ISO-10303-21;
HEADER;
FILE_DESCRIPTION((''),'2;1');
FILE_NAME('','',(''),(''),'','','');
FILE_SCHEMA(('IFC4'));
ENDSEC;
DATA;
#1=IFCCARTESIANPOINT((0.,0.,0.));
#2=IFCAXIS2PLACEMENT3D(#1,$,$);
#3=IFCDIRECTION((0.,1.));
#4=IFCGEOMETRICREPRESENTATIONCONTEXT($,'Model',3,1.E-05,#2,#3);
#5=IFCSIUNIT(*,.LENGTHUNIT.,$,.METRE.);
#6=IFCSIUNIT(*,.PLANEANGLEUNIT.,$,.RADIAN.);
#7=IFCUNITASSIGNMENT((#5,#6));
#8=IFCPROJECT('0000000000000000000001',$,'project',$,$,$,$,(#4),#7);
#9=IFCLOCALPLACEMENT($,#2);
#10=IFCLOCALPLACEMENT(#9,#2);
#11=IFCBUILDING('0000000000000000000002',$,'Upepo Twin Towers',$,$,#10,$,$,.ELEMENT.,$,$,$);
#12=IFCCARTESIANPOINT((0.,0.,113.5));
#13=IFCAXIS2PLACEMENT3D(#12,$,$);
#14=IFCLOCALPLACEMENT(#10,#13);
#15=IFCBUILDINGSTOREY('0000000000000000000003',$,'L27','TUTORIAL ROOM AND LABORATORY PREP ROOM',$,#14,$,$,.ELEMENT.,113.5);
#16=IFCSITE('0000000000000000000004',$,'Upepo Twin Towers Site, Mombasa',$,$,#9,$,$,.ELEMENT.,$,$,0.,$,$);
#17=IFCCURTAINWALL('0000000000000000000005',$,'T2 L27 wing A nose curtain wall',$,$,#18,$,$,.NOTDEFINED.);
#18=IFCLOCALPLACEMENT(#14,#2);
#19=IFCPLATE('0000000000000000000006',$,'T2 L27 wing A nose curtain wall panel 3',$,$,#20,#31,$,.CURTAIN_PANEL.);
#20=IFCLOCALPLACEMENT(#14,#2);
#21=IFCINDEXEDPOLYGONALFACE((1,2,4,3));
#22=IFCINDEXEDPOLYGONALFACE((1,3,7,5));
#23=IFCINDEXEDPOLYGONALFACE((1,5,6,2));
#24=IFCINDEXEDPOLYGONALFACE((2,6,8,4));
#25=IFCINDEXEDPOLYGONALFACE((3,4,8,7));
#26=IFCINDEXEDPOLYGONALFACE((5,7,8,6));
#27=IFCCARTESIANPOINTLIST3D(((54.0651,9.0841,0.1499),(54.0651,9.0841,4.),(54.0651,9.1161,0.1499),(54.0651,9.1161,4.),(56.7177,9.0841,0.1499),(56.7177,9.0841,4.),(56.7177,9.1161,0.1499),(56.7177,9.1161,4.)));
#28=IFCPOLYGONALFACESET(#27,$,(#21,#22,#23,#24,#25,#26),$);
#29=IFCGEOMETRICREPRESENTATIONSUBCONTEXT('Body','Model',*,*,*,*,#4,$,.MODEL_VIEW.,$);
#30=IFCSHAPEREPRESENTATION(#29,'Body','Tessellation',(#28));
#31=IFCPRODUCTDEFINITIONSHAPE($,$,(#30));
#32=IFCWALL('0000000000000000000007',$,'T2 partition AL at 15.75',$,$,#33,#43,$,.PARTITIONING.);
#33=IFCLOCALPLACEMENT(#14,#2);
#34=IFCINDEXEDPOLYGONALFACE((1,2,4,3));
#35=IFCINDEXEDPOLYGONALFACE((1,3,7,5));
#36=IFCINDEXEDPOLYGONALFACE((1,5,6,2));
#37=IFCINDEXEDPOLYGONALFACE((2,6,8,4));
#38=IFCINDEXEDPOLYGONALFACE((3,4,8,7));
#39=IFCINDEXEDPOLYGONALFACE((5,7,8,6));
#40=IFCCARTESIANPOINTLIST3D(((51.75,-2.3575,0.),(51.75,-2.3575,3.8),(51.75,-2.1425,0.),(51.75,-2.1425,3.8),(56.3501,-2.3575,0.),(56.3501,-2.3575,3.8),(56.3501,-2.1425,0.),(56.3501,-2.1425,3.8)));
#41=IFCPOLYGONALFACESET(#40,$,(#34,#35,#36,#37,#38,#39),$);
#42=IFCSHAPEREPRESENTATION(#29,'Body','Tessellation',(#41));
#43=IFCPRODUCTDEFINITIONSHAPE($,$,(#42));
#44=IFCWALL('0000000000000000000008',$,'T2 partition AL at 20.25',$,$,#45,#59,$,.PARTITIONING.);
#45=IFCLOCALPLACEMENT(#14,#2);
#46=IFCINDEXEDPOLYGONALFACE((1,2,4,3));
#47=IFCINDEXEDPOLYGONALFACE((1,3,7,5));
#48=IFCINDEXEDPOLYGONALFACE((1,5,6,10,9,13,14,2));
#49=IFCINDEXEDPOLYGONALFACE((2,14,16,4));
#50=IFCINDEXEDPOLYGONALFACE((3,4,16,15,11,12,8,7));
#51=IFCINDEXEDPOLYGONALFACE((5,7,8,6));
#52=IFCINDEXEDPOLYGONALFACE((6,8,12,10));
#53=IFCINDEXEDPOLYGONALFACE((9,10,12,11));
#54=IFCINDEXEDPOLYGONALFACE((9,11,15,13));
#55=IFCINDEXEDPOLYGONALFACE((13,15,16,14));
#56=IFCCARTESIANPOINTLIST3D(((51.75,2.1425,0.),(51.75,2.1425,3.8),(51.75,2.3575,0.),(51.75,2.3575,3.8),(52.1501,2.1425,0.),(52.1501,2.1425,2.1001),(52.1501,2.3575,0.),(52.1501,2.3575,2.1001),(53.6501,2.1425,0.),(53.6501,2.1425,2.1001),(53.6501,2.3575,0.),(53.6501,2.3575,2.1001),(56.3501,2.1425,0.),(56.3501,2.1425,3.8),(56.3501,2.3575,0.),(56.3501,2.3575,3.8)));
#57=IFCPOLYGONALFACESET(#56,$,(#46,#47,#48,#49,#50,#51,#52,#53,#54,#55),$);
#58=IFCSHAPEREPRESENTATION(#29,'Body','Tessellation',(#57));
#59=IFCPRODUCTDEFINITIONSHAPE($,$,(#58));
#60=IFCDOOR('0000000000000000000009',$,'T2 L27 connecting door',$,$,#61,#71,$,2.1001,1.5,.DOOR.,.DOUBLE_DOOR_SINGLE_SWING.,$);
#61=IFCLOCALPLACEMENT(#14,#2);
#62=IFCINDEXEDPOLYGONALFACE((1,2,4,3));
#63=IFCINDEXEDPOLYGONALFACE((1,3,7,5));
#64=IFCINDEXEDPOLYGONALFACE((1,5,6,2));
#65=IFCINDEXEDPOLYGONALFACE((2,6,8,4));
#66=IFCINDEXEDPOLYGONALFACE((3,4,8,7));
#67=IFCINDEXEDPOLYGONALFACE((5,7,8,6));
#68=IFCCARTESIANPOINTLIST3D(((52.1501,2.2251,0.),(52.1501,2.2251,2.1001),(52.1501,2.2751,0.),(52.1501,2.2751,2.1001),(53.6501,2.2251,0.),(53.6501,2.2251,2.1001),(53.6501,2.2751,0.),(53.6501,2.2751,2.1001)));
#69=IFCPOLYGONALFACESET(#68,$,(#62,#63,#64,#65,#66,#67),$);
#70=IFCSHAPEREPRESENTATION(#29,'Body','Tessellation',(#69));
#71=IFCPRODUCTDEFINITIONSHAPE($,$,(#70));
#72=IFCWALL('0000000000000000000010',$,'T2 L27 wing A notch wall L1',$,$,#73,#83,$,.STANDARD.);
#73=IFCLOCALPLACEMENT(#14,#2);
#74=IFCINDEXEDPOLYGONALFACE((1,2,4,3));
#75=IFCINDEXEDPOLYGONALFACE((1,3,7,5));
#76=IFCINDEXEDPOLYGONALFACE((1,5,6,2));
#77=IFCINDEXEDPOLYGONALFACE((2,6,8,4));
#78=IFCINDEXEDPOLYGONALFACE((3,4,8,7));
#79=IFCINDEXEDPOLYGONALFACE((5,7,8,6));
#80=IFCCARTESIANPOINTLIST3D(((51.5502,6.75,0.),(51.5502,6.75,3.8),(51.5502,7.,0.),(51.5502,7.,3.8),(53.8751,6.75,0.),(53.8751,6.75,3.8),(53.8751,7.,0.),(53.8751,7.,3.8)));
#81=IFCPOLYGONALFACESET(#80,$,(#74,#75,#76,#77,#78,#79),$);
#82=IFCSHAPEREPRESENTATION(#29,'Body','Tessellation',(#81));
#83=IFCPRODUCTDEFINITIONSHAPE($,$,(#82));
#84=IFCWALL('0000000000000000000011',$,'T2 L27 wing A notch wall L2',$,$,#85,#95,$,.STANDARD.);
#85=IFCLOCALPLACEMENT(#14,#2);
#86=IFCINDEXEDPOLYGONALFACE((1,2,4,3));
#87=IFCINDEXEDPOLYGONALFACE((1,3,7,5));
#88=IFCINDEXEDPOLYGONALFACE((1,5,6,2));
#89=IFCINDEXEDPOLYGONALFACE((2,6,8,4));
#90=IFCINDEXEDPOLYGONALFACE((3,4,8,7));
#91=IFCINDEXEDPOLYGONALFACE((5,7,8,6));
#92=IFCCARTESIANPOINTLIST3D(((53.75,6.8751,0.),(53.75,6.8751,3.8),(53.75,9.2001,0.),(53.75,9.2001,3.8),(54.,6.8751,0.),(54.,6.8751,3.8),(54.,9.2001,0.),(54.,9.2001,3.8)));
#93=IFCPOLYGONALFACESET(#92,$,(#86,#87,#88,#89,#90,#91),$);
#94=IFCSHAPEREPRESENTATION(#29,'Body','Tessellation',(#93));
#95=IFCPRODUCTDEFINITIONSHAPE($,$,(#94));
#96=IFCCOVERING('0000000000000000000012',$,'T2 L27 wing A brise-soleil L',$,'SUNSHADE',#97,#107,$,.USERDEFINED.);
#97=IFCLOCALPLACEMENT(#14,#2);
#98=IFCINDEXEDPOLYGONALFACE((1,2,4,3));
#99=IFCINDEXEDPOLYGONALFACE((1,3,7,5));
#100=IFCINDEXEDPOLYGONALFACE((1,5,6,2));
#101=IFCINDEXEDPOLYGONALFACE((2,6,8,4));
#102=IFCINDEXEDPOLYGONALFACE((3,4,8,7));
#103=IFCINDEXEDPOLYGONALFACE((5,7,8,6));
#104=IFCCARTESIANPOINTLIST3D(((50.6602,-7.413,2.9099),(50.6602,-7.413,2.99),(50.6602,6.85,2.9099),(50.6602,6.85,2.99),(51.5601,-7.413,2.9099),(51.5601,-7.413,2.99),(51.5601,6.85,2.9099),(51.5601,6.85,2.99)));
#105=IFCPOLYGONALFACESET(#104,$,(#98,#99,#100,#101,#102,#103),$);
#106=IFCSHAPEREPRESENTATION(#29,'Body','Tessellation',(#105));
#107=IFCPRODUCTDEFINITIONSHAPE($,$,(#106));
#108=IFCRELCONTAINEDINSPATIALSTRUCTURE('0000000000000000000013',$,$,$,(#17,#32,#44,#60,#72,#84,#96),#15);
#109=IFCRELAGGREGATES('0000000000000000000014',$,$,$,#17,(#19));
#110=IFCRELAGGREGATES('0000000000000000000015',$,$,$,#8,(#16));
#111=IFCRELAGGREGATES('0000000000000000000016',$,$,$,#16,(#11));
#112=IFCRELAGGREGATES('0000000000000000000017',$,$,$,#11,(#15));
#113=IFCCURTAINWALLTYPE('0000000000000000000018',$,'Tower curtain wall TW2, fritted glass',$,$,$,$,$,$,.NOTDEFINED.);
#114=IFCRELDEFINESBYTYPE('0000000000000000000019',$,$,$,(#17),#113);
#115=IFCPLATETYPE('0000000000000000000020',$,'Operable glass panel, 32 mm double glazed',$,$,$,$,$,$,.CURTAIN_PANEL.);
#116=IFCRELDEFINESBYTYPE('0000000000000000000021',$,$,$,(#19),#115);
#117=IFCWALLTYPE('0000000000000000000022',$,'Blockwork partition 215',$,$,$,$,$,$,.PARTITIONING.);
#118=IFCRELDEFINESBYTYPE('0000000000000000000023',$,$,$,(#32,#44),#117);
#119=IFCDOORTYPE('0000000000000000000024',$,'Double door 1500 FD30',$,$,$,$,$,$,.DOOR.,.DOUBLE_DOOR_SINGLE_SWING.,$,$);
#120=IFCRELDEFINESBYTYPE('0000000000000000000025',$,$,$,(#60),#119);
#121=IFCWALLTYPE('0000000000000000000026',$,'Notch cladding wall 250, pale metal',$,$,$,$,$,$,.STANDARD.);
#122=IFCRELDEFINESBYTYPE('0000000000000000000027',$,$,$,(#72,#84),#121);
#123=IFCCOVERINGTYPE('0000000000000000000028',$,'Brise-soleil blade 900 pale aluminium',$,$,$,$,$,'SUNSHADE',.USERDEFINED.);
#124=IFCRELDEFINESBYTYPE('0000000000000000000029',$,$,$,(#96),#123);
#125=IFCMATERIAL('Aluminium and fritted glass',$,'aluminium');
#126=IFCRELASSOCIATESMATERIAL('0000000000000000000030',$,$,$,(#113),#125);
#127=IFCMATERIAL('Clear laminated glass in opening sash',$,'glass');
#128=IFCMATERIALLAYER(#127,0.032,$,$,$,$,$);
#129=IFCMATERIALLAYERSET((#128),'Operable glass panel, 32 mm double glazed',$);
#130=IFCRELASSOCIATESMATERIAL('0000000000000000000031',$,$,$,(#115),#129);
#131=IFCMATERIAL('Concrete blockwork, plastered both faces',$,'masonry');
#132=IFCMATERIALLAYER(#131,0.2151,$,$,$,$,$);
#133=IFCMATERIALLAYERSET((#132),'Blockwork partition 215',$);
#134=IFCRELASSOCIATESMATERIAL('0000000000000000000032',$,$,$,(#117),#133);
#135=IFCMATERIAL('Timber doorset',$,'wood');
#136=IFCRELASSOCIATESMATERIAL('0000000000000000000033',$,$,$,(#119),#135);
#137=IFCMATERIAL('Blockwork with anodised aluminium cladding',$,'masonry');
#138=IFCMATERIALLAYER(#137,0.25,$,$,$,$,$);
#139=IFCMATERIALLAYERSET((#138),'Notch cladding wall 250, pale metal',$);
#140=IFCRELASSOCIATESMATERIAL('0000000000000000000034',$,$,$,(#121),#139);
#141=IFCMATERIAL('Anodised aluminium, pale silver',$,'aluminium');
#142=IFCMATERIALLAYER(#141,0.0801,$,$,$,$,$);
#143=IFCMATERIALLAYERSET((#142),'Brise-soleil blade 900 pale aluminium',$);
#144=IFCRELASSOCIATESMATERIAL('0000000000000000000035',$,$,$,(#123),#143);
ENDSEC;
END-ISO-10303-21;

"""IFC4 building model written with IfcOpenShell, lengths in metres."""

from ifc_helpers import new_model, si_unit, direction, frame, frame_2d, origin, origin_2d, place, context, subcontext, project, spatial, rectangle, extrude, material, layer, layer_set, type_object, element, fill, aggregate, save


model = new_model("IFC4")

# Units and contexts
model_context = context("Model", 3, precision=1e-05, world=origin(), true_north=direction((0.0, 1.0)))
body_context = subcontext(model_context, "Body", "Model", "MODEL_VIEW")
ifc_project = project(units=[si_unit("LENGTHUNIT", "METRE"), si_unit("PLANEANGLEUNIT", "RADIAN")], contexts=[model_context])

# Site, building, storey
site_placement = place(None, origin())
site = spatial("IfcSite", under=ifc_project, at=site_placement, Name="Upepo Twin Towers Site, Mombasa", CompositionType="ELEMENT", RefElevation=0.0)
building_placement = place(site_placement, origin())
building = spatial("IfcBuilding", under=site, at=building_placement, Name="Upepo Twin Towers", CompositionType="ELEMENT")
storey_placement = place(building_placement, frame((0.0, 0.0, 113.5)))
storey = spatial("IfcBuildingStorey", under=building, at=storey_placement, Name="L27", Description="TUTORIAL ROOM AND LABORATORY PREP ROOM", CompositionType="ELEMENT", Elevation=113.5)

# Shared definitions
ifc_material_1 = material(Name="Aluminium and fritted glass", Category="aluminium")
curtain_wall_type = type_object("IfcCurtainWallType", Name="Tower curtain wall TW2, fritted glass", PredefinedType="NOTDEFINED", material=ifc_material_1)

# Curtain wall
curtain_wall_1_placement = place(storey_placement, origin())
curtain_wall_1 = element("IfcCurtainWall", 1, at=curtain_wall_1_placement, inside=storey, type_object=curtain_wall_type, Name="T2 L27 wing A nose curtain wall", PredefinedType="NOTDEFINED")

# Plate
ifc_material_2 = material(Name="Clear laminated glass in opening sash", Category="glass")
ifc_layer_1 = layer(ifc_material_2, 0.032)
ifc_layer_set_1 = layer_set([ifc_layer_1], Name="Operable glass panel, 32 mm double glazed")
plate_type_1 = type_object("IfcPlateType", Name="Operable glass panel, 32 mm double glazed", PredefinedType="CURTAIN_PANEL", material=ifc_layer_set_1)
plate_1_placement = place(storey_placement, frame((55.3914, 9.1001, 0.1499), z_axis=(0.0, 0.0, 1.0), x_axis=(-1.0, 0.0, 0.0)))
plate_1 = element("IfcPlate", 2, at=plate_1_placement, type_object=plate_type_1, Name="T2 L27 wing A nose curtain wall panel 3", PredefinedType="CURTAIN_PANEL", context=body_context, shape_type="SweptSolid", body=[
    extrude(rectangle(XDim=2.6526, YDim=0.032, at=origin_2d()), origin(), (0.0, 0.0, 1.0), 3.8501),
])
aggregate(curtain_wall_1, [plate_1])

# Wall
ifc_material_3 = material(Name="Concrete blockwork, plastered both faces", Category="masonry")
ifc_layer_2 = layer(ifc_material_3, 0.2151)
ifc_layer_set_2 = layer_set([ifc_layer_2], Name="Blockwork partition 215")
wall_type_1 = type_object("IfcWallType", Name="Blockwork partition 215", PredefinedType="PARTITIONING", material=ifc_layer_set_2)
wall_1_placement = place(storey_placement, frame((56.3501, -2.25, 0.0), z_axis=(0.0, 0.0, 1.0), x_axis=(-1.0, 0.0, 0.0)))
element("IfcWall", 3, at=wall_1_placement, inside=storey, type_object=wall_type_1, Name="T2 partition AL at 15.75", PredefinedType="PARTITIONING", context=body_context, shape_type="SweptSolid", body=[
    extrude(rectangle(XDim=4.6001, YDim=0.2151, at=frame_2d((2.3, 0.0))), origin(), (0.0, 0.0, 1.0), 3.8),
])

# Wall, opening, door
wall_2_placement = place(storey_placement, frame((56.3501, 2.25, 0.0), z_axis=(0.0, 0.0, 1.0), x_axis=(-1.0, 0.0, 0.0)))
wall_2 = element("IfcWall", 4, at=wall_2_placement, inside=storey, type_object=wall_type_1, Name="T2 partition AL at 20.25", PredefinedType="PARTITIONING", context=body_context, shape_type="SweptSolid", body=[
    extrude(rectangle(XDim=4.6001, YDim=0.2151, at=frame_2d((2.3, 0.0))), origin(), (0.0, 0.0, 1.0), 3.8),
])
opening_placement = place(wall_2_placement, frame((2.7, 0.0, 0.0)))
opening = element("IfcOpeningElement", 5, at=opening_placement, cuts=wall_2, PredefinedType="OPENING", context=body_context, shape_type="SweptSolid", body=[
    extrude(rectangle(XDim=1.5, YDim=2.1001, at=frame_2d((0.75, 1.05))), frame((0.0, 0.1174, 0.0), z_axis=(0.0, -1.0, 0.0), x_axis=(1.0, 0.0, 0.0)), (0.0, 0.0, 1.0), 0.2351),
])
ifc_material_4 = material(Name="Timber doorset", Category="wood")
door_type = type_object("IfcDoorType", Name="Double door 1500 FD30", OperationType="DOUBLE_DOOR_SINGLE_SWING", PredefinedType="DOOR", material=ifc_material_4)
door_placement = place(opening_placement, origin())
door = element("IfcDoor", 6, at=door_placement, inside=storey, type_object=door_type, Name="T2 L27 connecting door", OperationType="DOUBLE_DOOR_SINGLE_SWING", OverallHeight=2.1001, OverallWidth=1.5, PredefinedType="DOOR", context=body_context, shape_type="SweptSolid", body=[
    extrude(rectangle(XDim=1.5, YDim=2.1001, at=frame_2d((0.75, 1.05))), frame((0.0, 0.0249, 0.0), z_axis=(0.0, -1.0, 0.0), x_axis=(1.0, 0.0, 0.0)), (0.0, 0.0, 1.0), 0.05),
])
fill(opening, door)

# Walls
ifc_material_5 = material(Name="Blockwork with anodised aluminium cladding", Category="masonry")
ifc_layer_3 = layer(ifc_material_5, 0.25)
ifc_layer_set_3 = layer_set([ifc_layer_3], Name="Notch cladding wall 250, pale metal")
wall_type_2 = type_object("IfcWallType", Name="Notch cladding wall 250, pale metal", PredefinedType="STANDARD", material=ifc_layer_set_3)
for number, where, z_axis, x_axis, name in (
    (7, (51.55, 6.875, 0.0), (0.0, 0.0, 1.0), (1.0, 0.0, 0.0), "T2 L27 wing A notch wall L1"),
    (8, (53.875, 6.875, 0.0), (0.0, 0.0, 1.0), (0.0, 1.0, 0.0), "T2 L27 wing A notch wall L2"),
):
    element("IfcWall", number, at=place(storey_placement, frame(where, z_axis=z_axis, x_axis=x_axis)), inside=storey, type_object=wall_type_2, Name=name, PredefinedType="STANDARD", context=body_context, shape_type="SweptSolid", body=[
        extrude(rectangle(XDim=2.325, YDim=0.25, at=frame_2d((1.1626, 0.0))), origin(), (0.0, 0.0, 1.0), 3.8),
    ])

# Covering
ifc_material_6 = material(Name="Anodised aluminium, pale silver", Category="aluminium")
ifc_layer_4 = layer(ifc_material_6, 0.0801)
ifc_layer_set_4 = layer_set([ifc_layer_4], Name="Brise-soleil blade 900 pale aluminium")
covering_type = type_object("IfcCoveringType", Name="Brise-soleil blade 900 pale aluminium", ElementType="SUNSHADE", PredefinedType="USERDEFINED", material=ifc_layer_set_4)
covering_placement = place(storey_placement, frame((51.1101, -0.2815, 2.9099), z_axis=(0.0, 0.0, 1.0), x_axis=(0.0, 1.0, 0.0)))
element("IfcCovering", 9, at=covering_placement, inside=storey, type_object=covering_type, Name="T2 L27 wing A brise-soleil L", ObjectType="SUNSHADE", PredefinedType="USERDEFINED", context=body_context, shape_type="SweptSolid", body=[
    extrude(rectangle(XDim=14.2629, YDim=0.8999, at=origin_2d()), origin(), (0.0, 0.0, 1.0), 0.0801),
])

save(model, "model.ifc")
